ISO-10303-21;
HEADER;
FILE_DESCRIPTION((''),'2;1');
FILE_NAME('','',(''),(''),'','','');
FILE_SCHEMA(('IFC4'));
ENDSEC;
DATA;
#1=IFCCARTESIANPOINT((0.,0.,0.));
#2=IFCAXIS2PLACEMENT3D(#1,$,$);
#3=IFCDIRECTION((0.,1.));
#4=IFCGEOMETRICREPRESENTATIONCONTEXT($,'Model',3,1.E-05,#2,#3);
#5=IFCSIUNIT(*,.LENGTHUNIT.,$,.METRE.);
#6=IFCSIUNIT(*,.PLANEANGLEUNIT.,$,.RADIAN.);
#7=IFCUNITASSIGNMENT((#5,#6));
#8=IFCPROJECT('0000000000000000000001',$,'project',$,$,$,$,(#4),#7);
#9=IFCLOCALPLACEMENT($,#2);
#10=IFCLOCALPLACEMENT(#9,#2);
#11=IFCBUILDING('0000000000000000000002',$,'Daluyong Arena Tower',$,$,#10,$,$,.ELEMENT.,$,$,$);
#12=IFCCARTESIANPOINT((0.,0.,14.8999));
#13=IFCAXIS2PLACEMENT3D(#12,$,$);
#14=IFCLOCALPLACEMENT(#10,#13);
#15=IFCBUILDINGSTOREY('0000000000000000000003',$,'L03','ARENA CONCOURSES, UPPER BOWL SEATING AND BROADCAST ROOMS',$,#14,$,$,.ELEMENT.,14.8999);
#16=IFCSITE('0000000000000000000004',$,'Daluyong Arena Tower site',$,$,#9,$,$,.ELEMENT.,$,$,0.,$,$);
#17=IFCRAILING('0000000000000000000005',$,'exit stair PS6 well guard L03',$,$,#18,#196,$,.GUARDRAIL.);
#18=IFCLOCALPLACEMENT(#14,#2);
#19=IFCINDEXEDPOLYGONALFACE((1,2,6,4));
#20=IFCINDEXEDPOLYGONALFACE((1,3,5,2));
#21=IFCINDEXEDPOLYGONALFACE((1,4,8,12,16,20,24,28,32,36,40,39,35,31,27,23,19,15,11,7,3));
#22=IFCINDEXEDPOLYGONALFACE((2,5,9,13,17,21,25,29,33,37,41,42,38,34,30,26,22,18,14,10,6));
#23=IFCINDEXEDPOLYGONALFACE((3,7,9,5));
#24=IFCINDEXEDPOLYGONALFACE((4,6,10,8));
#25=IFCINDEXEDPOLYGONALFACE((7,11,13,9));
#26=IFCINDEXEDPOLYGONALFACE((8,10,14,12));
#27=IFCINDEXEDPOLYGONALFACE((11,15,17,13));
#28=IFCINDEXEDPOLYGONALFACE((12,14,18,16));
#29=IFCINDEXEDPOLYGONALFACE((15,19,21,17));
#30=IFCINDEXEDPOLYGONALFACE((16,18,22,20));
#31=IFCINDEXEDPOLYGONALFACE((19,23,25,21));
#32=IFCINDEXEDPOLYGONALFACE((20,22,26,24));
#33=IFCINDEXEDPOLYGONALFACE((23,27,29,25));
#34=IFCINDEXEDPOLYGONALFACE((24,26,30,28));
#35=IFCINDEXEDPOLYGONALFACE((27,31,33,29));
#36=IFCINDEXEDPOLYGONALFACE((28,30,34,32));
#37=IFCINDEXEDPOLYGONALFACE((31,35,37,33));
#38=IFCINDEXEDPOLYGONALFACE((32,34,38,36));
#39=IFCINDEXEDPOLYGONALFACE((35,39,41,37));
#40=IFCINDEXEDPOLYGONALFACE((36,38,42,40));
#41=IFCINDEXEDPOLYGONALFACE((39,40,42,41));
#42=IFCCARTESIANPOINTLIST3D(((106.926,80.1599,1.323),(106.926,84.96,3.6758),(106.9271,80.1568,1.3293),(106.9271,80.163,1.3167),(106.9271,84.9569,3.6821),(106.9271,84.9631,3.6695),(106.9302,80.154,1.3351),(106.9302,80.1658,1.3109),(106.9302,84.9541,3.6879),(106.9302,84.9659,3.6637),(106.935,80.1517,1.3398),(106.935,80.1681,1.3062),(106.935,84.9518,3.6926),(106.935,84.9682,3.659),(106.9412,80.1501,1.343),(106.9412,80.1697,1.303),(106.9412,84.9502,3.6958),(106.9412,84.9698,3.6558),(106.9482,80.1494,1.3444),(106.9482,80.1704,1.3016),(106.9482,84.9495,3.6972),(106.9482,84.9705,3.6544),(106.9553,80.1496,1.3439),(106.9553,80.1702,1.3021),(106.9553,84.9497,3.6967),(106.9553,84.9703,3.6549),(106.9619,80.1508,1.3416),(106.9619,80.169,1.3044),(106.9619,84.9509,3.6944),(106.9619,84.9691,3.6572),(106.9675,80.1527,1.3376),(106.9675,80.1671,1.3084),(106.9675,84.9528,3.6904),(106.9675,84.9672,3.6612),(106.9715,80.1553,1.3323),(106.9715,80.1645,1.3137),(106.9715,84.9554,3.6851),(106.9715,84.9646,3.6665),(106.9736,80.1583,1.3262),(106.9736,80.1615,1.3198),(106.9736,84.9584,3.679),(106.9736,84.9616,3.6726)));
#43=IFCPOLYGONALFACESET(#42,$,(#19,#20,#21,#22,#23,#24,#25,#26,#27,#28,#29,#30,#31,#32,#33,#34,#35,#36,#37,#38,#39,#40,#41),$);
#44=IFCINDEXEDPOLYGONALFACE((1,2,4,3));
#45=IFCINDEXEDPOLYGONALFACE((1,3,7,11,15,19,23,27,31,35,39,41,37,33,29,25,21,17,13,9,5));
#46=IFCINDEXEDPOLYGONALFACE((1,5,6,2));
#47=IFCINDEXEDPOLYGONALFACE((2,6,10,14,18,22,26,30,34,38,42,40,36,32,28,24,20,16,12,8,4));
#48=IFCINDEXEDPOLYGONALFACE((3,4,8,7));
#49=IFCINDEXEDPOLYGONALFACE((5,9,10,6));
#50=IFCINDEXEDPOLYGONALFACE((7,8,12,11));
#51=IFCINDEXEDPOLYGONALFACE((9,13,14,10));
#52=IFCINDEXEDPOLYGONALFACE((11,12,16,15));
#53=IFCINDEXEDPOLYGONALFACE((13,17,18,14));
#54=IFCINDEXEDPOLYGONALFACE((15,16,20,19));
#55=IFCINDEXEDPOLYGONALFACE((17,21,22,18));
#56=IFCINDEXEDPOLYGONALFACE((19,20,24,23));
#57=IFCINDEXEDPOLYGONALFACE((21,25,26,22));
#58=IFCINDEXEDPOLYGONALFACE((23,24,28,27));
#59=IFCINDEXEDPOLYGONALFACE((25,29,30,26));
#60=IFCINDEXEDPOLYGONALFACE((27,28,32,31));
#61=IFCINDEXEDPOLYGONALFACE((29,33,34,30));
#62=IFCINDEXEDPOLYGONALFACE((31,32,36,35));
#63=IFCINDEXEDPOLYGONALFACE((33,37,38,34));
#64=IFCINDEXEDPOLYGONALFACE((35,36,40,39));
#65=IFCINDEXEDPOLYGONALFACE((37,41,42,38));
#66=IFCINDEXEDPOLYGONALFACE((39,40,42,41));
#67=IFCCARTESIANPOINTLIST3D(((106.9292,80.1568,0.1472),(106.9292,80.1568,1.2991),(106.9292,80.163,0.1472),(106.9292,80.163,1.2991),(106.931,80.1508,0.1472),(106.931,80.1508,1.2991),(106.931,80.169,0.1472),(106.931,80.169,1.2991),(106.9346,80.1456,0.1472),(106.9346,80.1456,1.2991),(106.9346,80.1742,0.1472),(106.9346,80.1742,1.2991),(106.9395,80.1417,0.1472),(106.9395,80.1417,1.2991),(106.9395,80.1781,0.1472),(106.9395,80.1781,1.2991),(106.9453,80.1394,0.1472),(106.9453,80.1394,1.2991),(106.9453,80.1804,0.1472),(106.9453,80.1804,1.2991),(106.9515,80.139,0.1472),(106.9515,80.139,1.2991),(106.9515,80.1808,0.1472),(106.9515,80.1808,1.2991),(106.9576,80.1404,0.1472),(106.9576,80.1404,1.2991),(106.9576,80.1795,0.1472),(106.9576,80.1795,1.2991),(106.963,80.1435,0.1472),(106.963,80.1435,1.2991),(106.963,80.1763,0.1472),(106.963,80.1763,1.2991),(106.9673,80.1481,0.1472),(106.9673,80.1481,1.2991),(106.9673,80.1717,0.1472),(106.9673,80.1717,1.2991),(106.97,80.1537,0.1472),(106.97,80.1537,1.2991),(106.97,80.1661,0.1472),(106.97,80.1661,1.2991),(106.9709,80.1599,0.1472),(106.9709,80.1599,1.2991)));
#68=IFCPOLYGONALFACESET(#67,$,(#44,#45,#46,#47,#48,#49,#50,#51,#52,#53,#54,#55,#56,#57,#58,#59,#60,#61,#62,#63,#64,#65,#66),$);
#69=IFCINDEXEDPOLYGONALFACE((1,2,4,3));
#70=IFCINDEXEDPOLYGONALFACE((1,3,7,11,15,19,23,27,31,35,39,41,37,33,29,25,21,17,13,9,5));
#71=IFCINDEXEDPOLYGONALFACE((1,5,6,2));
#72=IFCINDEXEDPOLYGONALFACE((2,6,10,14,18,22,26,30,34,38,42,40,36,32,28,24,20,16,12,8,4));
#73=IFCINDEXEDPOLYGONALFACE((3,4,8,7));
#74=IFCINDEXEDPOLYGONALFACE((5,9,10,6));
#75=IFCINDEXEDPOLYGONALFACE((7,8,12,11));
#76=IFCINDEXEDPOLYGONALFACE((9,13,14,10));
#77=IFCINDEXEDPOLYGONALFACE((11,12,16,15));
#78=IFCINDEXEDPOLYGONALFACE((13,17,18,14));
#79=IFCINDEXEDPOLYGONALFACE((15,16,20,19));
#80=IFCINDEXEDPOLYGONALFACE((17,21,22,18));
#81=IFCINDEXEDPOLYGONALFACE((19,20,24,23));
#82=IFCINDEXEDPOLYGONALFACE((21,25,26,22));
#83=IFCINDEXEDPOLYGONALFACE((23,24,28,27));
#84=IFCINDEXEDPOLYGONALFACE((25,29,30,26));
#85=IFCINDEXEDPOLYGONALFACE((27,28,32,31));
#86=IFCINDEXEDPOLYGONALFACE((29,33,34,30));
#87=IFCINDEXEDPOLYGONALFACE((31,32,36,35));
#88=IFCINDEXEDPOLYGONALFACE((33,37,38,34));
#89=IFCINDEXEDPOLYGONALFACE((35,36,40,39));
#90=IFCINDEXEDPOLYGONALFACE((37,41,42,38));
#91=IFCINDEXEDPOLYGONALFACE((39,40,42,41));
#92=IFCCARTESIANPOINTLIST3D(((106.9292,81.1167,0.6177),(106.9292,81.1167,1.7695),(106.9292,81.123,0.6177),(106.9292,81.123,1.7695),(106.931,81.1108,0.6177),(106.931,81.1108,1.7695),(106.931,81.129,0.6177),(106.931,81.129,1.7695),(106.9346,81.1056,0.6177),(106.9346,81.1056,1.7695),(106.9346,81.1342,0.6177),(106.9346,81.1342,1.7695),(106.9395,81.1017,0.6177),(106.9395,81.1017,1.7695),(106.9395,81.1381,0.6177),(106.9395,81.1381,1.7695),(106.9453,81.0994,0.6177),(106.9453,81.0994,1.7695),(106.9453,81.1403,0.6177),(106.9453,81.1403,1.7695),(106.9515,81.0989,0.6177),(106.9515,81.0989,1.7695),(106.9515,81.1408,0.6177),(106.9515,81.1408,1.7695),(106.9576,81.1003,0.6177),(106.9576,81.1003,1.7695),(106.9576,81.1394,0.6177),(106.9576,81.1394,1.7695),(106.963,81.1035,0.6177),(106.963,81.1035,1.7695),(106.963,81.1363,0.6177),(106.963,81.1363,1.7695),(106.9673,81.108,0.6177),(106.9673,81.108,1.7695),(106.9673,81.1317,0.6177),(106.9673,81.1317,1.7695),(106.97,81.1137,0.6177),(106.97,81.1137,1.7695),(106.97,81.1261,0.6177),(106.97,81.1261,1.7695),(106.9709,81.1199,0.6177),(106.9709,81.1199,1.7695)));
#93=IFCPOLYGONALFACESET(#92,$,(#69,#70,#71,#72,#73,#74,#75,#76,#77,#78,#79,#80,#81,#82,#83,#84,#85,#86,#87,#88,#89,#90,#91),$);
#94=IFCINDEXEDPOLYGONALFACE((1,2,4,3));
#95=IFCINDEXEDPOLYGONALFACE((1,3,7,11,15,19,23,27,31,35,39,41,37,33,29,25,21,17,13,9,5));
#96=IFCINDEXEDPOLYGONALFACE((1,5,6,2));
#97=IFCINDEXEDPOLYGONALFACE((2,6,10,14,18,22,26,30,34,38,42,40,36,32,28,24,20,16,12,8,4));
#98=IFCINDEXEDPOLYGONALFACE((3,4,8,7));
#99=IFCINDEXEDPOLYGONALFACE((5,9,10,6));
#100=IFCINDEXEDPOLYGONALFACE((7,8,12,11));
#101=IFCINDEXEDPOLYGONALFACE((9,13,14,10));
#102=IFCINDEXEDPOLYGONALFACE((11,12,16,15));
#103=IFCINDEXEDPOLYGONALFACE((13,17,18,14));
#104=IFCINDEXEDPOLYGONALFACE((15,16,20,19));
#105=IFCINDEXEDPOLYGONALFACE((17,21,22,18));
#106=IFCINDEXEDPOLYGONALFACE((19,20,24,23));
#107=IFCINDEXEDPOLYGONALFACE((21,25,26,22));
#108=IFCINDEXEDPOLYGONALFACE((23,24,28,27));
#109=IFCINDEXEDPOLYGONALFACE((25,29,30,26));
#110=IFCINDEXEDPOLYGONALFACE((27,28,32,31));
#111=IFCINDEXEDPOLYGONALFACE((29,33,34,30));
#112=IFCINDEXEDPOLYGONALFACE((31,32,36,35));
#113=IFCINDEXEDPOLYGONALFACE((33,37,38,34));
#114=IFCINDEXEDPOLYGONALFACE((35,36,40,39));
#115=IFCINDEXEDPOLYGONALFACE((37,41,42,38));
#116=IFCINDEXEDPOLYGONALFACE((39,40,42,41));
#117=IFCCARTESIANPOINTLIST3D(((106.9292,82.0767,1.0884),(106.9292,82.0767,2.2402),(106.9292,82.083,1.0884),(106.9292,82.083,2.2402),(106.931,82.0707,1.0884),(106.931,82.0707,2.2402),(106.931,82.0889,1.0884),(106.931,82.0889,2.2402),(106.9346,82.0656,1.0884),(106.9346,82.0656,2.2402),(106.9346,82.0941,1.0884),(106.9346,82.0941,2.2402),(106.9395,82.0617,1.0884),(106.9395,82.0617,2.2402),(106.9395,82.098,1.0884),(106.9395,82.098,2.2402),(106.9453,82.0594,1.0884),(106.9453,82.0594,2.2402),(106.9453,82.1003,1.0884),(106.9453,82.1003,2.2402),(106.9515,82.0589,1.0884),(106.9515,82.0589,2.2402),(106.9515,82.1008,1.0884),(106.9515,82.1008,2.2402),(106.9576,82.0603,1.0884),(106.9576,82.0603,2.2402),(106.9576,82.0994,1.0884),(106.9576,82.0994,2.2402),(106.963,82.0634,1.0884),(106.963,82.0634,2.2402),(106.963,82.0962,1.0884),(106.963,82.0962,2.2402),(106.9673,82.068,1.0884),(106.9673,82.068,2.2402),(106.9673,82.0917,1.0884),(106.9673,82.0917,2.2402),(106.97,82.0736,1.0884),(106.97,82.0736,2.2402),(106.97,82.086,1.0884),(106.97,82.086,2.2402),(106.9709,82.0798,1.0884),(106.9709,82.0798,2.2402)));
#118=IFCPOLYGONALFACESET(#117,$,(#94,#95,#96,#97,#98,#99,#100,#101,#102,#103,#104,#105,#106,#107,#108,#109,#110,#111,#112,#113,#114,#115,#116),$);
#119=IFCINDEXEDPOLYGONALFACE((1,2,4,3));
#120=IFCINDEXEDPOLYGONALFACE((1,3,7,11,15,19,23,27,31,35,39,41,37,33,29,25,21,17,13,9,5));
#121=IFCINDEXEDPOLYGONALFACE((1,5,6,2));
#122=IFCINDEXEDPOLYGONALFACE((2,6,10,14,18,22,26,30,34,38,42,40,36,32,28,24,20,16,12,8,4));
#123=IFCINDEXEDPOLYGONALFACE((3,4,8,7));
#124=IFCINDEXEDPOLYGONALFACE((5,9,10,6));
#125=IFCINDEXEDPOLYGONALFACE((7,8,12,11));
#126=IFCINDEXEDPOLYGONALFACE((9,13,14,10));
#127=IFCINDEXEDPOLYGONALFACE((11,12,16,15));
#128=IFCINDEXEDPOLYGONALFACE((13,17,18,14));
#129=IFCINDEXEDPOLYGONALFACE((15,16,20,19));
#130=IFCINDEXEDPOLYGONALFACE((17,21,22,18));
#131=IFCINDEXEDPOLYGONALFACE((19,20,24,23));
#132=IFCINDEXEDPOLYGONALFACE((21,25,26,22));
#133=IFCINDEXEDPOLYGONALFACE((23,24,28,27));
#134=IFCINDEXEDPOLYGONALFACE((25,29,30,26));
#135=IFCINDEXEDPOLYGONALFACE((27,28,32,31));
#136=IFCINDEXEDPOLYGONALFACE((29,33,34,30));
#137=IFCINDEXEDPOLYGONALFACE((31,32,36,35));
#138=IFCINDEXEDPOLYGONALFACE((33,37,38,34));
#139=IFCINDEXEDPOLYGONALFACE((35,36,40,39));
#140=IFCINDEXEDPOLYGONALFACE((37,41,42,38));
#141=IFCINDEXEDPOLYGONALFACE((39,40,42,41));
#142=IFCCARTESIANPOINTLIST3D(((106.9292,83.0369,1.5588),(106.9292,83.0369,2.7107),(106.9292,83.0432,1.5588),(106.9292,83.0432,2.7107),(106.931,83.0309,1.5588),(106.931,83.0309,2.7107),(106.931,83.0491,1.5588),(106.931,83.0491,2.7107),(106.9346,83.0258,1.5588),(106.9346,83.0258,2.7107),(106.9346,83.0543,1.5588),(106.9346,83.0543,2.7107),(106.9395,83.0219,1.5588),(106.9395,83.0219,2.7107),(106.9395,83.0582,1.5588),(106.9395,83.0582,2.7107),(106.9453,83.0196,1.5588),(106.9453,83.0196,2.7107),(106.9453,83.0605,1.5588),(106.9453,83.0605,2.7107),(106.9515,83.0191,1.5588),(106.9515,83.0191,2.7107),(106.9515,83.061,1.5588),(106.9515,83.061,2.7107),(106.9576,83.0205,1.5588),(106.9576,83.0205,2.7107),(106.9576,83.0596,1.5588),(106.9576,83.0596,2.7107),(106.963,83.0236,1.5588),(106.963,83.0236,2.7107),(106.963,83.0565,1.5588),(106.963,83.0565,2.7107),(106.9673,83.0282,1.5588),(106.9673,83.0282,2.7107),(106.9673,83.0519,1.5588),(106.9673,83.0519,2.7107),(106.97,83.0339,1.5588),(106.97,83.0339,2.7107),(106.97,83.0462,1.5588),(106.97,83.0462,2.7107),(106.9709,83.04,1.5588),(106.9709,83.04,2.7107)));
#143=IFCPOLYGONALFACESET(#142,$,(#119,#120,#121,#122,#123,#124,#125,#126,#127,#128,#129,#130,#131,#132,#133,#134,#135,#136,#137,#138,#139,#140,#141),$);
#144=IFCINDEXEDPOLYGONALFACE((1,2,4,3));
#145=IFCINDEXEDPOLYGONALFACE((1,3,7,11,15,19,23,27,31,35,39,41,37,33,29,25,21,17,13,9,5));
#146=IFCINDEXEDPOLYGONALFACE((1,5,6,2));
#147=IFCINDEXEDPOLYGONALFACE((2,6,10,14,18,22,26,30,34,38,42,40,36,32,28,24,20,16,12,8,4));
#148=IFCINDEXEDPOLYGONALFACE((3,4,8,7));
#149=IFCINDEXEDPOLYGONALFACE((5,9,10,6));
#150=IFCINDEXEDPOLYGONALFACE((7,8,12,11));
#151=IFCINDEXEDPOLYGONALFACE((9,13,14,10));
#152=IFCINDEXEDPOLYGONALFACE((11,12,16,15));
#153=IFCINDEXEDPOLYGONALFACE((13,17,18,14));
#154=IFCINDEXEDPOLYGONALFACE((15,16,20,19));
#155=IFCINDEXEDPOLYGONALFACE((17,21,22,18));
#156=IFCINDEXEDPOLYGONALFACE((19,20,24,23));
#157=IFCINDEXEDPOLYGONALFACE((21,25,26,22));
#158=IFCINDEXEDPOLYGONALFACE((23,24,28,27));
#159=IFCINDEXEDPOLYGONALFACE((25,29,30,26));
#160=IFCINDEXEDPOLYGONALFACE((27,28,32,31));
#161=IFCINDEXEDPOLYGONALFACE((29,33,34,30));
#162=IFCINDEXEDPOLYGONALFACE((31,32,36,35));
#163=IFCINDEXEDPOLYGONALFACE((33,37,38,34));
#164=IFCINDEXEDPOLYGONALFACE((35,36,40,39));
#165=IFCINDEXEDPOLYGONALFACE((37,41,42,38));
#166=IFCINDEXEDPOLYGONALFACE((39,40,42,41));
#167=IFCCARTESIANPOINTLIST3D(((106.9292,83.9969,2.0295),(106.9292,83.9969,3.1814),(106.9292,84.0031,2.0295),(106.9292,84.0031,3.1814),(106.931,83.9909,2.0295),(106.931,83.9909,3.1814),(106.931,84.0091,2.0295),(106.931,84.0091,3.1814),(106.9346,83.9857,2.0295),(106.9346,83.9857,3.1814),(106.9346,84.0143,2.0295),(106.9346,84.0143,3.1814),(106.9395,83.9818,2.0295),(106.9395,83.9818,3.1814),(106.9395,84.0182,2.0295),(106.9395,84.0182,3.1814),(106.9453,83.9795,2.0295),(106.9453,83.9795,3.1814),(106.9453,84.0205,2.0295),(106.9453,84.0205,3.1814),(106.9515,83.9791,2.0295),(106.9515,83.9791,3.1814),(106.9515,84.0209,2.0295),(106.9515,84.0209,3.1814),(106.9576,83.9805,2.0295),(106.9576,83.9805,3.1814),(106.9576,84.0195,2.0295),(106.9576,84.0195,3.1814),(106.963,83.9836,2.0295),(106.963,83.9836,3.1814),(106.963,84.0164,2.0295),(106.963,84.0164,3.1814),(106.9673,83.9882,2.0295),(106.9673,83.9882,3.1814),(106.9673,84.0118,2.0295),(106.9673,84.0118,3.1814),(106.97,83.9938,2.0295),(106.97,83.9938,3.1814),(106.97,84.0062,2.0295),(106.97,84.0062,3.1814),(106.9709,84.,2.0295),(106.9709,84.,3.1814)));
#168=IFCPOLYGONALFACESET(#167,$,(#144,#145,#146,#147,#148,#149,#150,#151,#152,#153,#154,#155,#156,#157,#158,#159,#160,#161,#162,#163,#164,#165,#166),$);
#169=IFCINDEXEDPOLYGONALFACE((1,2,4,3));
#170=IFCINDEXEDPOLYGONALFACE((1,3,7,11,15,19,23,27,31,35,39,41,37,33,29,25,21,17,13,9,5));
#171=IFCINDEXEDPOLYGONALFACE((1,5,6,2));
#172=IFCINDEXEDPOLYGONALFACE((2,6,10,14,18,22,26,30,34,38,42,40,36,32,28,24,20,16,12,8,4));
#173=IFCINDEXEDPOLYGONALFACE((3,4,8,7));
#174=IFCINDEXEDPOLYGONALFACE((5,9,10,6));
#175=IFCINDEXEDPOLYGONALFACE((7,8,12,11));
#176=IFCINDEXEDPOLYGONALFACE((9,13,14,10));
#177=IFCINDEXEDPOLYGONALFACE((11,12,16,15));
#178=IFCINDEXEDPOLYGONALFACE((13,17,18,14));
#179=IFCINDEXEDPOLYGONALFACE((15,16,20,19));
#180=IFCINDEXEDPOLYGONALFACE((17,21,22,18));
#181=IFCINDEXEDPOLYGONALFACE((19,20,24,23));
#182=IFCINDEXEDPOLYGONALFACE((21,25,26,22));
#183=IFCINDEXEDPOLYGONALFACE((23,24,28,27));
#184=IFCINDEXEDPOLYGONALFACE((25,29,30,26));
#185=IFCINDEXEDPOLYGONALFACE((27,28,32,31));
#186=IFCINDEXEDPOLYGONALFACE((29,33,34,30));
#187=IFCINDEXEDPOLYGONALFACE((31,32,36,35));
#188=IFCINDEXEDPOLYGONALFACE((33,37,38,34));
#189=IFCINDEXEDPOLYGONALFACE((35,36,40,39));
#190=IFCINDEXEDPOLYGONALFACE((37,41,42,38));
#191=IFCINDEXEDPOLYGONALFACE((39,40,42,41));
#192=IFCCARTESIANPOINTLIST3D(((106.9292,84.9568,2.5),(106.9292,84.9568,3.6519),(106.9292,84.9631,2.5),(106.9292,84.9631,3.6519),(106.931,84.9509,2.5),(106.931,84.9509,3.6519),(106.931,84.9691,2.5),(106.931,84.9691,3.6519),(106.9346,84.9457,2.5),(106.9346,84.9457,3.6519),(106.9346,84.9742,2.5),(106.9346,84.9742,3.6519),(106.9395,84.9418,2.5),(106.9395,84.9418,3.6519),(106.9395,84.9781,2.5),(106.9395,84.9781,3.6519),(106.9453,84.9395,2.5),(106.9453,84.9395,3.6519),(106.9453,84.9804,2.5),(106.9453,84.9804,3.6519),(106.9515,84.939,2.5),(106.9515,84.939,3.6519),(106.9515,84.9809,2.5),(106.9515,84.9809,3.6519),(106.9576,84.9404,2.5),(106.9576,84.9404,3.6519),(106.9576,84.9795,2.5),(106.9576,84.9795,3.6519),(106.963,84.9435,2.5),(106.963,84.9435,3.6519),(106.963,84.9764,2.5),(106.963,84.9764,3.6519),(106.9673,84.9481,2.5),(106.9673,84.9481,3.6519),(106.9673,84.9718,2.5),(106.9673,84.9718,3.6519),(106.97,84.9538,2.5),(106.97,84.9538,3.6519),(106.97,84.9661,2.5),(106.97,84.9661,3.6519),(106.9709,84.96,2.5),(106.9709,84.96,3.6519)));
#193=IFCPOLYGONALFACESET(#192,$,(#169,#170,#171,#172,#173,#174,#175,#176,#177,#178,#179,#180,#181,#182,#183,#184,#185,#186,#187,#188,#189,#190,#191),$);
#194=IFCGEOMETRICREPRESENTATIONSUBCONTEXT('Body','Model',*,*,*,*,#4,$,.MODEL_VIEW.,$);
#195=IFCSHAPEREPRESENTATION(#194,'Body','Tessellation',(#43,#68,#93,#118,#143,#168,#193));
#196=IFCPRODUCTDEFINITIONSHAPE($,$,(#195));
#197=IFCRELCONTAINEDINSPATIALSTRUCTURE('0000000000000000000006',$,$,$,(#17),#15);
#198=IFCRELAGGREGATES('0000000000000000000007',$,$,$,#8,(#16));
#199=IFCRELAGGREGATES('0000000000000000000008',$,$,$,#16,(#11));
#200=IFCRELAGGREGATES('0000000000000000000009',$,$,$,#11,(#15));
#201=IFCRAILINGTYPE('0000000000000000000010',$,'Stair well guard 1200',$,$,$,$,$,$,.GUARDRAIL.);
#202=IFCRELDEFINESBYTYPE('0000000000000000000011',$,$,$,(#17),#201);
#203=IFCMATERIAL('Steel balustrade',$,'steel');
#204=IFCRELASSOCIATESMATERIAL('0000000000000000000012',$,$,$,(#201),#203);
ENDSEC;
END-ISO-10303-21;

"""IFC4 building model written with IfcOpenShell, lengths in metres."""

from ifc_helpers import new_model, si_unit, direction, frame, origin, origin_2d, place, context, subcontext, project, spatial, circle, extrude, material, type_object, element, save


model = new_model("IFC4")

# Units and contexts
model_context = context("Model", 3, precision=1e-05, world=origin(), true_north=direction((0.0, 1.0)))
body_context = subcontext(model_context, "Body", "Model", "MODEL_VIEW")
ifc_project = project(units=[si_unit("LENGTHUNIT", "METRE"), si_unit("PLANEANGLEUNIT", "RADIAN")], contexts=[model_context])

# Site, building, storey
site_placement = place(None, origin())
site = spatial("IfcSite", under=ifc_project, at=site_placement, Name="Daluyong Arena Tower site", CompositionType="ELEMENT", RefElevation=0.0)
building_placement = place(site_placement, origin())
building = spatial("IfcBuilding", under=site, at=building_placement, Name="Daluyong Arena Tower", CompositionType="ELEMENT")
storey_placement = place(building_placement, frame((0.0, 0.0, 14.8999)))
storey = spatial("IfcBuildingStorey", under=building, at=storey_placement, Name="L03", Description="ARENA CONCOURSES, UPPER BOWL SEATING AND BROADCAST ROOMS", CompositionType="ELEMENT", Elevation=14.8999)

# Railing
ifc_material_1 = material(Name="Steel balustrade", Category="steel")
railing_type_1 = type_object("IfcRailingType", Name="Stair well guard 1200", PredefinedType="GUARDRAIL", material=ifc_material_1)
railing_1_placement = place(storey_placement, frame((106.95, 80.1599, 0.1472)))
element("IfcRailing", 1, at=railing_1_placement, inside=storey, type_object=railing_type_1, Name="exit stair PS6 well guard L03", PredefinedType="GUARDRAIL", context=body_context, shape_type="SweptSolid", body=[
    extrude(circle(Radius=0.0239, at=origin_2d()), frame((0.0, 0.0, 1.1758), z_axis=(0.0, 0.897934, 0.44013), x_axis=(-1.0, 0.0, 0.0)), (0.0, 0.0, 1.0), 5.3457),
    extrude(circle(Radius=0.021, at=origin_2d()), origin(), (0.0, 0.0, 1.0), 1.1519),
    extrude(circle(Radius=0.021, at=origin_2d()), frame((0.0, 0.96, 0.4705)), (0.0, 0.0, 1.0), 1.1519),
    extrude(circle(Radius=0.021, at=origin_2d()), frame((0.0, 1.9199, 0.9412)), (0.0, 0.0, 1.0), 1.1519),
    extrude(circle(Radius=0.021, at=origin_2d()), frame((0.0, 2.8801, 1.4116)), (0.0, 0.0, 1.0), 1.1519),
    extrude(circle(Radius=0.021, at=origin_2d()), frame((0.0, 3.8401, 1.8823)), (0.0, 0.0, 1.0), 1.1519),
    extrude(circle(Radius=0.021, at=origin_2d()), frame((0.0, 4.8, 2.3528)), (0.0, 0.0, 1.0), 1.1519),
])

save(model, "model.ifc")
